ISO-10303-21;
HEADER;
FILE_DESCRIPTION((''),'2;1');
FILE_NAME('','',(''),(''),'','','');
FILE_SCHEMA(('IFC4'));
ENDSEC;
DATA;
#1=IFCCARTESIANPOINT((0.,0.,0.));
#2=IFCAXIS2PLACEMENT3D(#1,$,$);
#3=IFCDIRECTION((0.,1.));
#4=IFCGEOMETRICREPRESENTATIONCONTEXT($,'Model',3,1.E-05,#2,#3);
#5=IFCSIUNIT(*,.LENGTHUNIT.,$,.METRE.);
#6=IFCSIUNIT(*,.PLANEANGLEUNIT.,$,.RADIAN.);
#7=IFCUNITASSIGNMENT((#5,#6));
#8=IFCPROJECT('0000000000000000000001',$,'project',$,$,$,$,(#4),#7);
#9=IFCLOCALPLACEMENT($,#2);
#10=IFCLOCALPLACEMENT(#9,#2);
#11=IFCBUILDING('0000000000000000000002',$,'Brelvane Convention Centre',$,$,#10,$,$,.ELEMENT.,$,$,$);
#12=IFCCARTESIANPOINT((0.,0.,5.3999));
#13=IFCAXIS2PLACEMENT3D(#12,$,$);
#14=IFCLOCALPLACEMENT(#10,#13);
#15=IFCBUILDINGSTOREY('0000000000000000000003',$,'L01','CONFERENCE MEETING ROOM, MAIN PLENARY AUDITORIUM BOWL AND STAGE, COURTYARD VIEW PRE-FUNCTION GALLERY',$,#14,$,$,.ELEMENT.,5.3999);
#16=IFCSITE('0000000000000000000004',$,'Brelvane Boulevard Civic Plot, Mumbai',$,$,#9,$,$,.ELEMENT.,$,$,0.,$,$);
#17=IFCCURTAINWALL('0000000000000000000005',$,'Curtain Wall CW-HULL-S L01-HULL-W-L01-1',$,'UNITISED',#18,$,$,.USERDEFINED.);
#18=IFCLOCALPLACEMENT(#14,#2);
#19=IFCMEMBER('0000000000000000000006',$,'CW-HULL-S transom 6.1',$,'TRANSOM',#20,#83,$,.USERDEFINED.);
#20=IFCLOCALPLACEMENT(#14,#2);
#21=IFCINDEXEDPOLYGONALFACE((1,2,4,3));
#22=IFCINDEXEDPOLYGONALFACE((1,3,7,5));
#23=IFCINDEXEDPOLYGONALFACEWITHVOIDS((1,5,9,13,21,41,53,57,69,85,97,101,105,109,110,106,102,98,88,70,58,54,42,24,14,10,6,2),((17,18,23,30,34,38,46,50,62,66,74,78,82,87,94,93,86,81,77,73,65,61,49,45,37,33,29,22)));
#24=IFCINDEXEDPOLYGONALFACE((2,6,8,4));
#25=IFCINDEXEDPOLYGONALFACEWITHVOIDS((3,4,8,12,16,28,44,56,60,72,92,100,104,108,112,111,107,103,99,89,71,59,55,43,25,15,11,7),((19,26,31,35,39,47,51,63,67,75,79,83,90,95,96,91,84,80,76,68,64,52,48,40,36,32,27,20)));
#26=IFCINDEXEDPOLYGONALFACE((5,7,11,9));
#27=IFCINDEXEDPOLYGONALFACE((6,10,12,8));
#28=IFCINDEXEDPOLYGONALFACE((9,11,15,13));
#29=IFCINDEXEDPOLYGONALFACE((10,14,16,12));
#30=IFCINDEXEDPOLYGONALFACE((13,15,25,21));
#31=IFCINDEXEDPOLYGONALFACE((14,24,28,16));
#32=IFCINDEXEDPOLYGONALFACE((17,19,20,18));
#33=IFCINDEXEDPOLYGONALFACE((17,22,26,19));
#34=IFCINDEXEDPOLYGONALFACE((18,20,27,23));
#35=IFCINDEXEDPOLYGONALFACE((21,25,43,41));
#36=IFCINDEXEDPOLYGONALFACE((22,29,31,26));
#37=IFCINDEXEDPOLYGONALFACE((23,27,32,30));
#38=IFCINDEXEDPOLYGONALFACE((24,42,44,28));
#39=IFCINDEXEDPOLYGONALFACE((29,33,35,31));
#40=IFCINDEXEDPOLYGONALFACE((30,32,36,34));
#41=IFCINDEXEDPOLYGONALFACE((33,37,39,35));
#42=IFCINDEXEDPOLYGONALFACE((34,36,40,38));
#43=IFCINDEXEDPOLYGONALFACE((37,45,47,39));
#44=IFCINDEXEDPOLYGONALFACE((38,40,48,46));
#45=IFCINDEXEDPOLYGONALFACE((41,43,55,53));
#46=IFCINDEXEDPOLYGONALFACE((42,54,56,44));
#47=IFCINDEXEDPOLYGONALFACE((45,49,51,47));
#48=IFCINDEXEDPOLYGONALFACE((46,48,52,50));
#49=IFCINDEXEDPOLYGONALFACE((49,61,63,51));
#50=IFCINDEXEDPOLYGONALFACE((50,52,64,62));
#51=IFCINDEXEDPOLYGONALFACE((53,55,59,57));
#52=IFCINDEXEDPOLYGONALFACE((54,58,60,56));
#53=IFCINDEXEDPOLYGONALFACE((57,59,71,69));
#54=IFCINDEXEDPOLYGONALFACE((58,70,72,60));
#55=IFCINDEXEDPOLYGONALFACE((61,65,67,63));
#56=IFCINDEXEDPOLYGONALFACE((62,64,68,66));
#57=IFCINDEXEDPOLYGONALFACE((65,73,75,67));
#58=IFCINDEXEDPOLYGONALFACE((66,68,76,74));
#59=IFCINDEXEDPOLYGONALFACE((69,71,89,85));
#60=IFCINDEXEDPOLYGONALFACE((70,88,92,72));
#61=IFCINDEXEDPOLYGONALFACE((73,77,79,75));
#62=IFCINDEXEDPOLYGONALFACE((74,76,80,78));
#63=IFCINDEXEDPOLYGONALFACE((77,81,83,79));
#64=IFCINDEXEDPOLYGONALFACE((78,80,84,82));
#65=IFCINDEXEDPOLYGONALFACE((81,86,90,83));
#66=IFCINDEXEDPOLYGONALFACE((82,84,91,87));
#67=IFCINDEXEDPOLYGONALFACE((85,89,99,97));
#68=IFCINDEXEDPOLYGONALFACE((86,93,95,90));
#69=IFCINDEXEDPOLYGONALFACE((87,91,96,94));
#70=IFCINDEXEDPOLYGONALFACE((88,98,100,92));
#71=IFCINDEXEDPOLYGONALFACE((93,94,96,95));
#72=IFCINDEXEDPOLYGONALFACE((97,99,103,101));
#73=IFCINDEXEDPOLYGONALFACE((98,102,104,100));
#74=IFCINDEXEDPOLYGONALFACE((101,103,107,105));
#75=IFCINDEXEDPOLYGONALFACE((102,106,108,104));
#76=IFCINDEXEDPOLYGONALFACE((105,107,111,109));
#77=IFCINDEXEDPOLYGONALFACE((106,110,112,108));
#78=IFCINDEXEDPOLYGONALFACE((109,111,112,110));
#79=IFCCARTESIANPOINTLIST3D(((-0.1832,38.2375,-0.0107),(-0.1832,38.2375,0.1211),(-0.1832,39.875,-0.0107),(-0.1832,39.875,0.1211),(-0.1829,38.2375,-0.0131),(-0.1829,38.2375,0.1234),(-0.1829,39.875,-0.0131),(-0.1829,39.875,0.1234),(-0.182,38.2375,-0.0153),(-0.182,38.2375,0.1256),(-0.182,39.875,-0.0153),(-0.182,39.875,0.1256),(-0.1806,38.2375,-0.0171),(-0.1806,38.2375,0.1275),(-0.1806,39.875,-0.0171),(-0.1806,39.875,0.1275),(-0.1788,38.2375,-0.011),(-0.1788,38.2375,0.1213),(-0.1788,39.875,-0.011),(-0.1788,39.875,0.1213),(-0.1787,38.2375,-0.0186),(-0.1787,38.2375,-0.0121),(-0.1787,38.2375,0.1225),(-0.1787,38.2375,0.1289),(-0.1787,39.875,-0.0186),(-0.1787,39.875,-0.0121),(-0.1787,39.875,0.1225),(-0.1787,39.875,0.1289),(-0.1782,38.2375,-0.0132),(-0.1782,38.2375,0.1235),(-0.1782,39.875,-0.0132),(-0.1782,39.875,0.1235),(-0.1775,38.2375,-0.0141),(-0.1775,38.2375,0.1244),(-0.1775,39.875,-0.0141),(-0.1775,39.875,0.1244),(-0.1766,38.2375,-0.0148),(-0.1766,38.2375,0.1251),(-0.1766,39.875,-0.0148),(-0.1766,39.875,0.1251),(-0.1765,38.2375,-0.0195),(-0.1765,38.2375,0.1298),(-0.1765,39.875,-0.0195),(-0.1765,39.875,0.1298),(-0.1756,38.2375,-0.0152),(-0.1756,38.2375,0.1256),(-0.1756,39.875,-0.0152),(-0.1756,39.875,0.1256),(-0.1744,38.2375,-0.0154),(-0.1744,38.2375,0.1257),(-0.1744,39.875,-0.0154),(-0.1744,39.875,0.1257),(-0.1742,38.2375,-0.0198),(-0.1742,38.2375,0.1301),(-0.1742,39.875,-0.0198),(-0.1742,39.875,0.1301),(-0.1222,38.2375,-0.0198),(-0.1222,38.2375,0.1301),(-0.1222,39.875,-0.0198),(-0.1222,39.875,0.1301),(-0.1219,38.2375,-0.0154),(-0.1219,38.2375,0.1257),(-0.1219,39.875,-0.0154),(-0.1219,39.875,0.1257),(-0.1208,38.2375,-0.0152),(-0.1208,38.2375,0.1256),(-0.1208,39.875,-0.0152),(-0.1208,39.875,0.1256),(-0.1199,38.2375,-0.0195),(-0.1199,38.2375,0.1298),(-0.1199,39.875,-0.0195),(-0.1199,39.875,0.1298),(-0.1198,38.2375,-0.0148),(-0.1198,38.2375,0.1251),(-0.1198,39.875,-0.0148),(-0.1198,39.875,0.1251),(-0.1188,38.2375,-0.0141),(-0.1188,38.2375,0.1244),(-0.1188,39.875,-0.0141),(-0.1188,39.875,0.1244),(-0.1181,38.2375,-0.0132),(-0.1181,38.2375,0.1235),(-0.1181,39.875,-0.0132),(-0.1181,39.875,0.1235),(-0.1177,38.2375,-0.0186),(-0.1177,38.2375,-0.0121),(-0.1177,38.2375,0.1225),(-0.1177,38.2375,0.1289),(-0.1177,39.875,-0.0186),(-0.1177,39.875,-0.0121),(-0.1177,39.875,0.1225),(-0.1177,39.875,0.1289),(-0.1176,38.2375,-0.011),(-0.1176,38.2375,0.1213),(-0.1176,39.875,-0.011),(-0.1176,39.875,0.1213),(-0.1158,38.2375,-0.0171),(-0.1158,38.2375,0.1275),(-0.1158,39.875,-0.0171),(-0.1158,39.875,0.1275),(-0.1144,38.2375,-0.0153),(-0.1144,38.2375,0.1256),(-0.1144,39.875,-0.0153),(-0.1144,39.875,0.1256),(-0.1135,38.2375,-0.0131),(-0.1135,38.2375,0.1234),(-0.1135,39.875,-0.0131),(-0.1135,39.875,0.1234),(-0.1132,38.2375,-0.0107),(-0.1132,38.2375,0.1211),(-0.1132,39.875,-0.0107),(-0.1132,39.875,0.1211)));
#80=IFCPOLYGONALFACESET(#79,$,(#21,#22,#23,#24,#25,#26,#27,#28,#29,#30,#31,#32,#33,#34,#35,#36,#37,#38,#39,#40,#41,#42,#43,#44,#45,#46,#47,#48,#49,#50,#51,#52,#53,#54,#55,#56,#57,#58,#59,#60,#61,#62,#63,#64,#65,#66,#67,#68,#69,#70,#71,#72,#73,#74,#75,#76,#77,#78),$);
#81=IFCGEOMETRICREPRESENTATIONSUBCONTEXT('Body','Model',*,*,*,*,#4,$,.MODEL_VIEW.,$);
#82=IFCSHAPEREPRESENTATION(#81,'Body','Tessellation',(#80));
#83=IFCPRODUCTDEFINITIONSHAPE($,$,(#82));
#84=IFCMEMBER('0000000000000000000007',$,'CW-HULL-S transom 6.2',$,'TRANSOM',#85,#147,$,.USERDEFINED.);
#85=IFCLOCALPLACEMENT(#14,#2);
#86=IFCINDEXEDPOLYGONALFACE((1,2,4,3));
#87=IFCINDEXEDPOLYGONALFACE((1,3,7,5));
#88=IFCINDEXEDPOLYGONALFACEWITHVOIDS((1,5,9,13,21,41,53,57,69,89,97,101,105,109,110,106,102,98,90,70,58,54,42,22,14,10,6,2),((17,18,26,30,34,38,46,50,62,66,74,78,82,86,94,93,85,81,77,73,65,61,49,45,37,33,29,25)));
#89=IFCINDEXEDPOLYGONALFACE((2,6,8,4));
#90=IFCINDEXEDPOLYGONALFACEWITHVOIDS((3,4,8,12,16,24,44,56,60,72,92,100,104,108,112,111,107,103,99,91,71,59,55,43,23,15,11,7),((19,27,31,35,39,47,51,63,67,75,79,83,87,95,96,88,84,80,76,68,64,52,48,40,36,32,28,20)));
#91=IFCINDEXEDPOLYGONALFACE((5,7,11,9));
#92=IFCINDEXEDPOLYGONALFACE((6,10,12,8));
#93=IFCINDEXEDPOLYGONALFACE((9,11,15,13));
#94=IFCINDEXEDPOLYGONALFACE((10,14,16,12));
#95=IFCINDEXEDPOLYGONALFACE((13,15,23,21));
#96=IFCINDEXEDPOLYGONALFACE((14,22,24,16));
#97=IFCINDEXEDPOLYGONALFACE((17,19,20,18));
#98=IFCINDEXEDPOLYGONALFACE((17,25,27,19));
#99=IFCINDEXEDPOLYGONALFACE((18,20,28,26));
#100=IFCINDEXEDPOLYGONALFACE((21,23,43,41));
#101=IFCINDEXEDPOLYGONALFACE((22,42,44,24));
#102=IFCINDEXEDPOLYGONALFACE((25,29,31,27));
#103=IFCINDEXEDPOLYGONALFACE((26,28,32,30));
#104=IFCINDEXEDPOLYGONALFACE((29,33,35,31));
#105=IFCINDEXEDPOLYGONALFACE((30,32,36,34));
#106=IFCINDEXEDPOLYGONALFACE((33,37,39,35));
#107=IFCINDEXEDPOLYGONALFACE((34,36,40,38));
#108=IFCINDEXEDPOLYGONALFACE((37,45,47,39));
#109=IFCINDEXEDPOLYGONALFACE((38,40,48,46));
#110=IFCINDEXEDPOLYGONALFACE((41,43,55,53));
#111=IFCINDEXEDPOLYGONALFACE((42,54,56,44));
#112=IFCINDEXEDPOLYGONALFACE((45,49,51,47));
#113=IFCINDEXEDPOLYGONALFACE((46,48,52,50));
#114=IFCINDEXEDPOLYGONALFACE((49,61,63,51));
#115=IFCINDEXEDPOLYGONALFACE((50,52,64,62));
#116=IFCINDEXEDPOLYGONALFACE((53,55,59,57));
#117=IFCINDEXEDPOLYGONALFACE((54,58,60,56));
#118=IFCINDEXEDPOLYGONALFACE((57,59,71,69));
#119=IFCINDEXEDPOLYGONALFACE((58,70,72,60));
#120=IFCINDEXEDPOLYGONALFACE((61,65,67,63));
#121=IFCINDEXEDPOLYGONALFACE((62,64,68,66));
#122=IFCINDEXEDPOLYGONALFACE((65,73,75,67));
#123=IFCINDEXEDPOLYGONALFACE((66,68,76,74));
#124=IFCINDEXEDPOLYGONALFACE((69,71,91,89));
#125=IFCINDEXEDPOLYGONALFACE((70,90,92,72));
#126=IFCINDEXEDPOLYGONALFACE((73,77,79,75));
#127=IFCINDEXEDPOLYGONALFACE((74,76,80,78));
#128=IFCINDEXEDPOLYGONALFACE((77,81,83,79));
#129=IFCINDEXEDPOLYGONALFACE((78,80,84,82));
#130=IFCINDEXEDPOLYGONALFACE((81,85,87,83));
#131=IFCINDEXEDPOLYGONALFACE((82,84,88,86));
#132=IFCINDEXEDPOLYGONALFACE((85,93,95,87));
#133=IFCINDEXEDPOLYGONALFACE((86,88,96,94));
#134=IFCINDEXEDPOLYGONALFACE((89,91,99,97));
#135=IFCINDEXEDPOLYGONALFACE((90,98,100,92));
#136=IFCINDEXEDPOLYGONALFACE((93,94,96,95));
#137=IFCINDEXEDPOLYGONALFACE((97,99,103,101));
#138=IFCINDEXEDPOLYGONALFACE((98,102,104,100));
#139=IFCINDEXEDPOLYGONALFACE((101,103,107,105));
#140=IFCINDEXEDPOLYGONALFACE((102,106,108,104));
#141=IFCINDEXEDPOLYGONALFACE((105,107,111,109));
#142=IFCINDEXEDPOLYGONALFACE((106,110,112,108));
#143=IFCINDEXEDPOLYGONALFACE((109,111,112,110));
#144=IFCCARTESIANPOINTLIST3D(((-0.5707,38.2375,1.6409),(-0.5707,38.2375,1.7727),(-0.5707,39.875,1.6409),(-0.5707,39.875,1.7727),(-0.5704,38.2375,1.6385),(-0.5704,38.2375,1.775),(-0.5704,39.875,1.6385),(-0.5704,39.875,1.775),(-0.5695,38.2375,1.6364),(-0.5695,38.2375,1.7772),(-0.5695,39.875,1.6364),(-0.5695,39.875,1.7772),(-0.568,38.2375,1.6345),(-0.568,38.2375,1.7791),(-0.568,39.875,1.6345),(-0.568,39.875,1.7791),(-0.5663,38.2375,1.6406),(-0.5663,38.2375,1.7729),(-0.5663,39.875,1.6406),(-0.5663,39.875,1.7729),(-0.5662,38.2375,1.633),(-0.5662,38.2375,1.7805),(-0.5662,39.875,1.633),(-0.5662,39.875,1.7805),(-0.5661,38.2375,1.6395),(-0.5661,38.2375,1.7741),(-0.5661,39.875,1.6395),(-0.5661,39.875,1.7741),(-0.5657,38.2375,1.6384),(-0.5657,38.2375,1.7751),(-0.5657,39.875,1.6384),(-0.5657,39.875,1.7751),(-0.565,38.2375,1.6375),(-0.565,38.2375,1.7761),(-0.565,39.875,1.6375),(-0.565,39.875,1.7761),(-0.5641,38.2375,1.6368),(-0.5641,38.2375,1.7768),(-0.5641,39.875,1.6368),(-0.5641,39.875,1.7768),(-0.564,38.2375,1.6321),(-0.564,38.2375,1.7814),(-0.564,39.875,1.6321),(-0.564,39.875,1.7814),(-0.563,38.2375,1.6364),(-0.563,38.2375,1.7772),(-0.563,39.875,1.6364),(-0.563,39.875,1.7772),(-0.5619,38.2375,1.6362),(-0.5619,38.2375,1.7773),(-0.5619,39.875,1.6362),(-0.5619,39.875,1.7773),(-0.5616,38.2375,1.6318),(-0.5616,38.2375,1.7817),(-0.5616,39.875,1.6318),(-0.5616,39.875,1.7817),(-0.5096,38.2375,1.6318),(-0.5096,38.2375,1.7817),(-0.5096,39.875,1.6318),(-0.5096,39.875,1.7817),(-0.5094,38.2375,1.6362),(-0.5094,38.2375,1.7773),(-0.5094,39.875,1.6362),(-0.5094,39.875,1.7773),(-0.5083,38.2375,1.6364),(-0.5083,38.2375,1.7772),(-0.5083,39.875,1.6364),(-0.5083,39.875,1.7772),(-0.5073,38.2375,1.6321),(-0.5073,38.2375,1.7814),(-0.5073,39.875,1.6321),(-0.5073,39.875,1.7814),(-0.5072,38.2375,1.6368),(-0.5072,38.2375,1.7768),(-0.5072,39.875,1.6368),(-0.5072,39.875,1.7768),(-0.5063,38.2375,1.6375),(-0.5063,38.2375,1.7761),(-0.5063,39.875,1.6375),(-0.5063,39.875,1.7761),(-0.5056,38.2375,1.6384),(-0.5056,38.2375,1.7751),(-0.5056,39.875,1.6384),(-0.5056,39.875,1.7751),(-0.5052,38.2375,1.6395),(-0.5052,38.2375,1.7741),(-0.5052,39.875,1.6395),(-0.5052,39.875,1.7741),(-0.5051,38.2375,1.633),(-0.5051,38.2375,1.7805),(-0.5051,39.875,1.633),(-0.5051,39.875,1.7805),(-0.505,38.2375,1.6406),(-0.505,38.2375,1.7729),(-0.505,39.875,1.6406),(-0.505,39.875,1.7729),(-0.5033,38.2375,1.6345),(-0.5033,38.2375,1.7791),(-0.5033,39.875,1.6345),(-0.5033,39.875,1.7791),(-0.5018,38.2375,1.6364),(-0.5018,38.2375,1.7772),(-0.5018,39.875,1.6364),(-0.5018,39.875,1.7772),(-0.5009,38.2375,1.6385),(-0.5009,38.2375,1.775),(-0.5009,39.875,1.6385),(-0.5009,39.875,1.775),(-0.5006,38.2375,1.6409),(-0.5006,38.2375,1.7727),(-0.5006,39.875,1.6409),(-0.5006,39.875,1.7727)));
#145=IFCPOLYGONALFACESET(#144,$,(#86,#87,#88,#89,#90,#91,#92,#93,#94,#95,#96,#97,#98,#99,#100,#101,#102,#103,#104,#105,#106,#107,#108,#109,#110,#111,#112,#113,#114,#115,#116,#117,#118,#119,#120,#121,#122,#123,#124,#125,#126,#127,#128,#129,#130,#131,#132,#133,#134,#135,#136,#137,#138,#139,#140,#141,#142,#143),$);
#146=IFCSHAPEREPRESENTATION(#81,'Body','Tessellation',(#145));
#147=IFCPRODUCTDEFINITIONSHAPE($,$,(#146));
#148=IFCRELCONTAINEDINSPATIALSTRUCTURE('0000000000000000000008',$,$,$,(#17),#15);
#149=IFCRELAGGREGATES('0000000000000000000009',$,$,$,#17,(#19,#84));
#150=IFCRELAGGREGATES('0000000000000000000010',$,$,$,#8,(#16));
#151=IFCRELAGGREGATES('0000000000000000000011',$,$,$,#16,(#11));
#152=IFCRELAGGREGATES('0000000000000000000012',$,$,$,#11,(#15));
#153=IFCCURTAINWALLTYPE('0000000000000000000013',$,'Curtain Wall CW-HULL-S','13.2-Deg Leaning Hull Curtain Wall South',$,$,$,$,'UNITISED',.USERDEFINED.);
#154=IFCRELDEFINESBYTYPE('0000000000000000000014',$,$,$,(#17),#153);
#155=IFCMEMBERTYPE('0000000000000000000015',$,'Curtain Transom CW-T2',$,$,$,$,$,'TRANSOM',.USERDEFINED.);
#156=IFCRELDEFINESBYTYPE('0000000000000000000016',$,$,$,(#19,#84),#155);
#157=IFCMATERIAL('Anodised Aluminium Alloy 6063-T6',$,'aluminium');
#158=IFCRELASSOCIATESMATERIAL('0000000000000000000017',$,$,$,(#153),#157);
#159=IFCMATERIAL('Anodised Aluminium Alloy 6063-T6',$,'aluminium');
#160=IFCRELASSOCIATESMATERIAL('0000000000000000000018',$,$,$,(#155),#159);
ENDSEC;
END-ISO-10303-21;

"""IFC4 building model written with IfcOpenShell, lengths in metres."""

from ifc_helpers import new_model, si_unit, direction, frame, origin, origin_2d, place, context, subcontext, project, spatial, hollow_rectangle, extrude, material, material_profile, profile_set, type_object, element, aggregate, save


model = new_model("IFC4")

# Units and contexts
model_context = context("Model", 3, precision=1e-05, world=origin(), true_north=direction((0.0, 1.0)))
body_context = subcontext(model_context, "Body", "Model", "MODEL_VIEW")
ifc_project = project(units=[si_unit("LENGTHUNIT", "METRE"), si_unit("PLANEANGLEUNIT", "RADIAN")], contexts=[model_context])

# Site, building, storey
site_placement = place(None, origin())
site = spatial("IfcSite", under=ifc_project, at=site_placement, Name="Brelvane Boulevard Civic Plot, Mumbai", CompositionType="ELEMENT", RefElevation=0.0)
building_placement = place(site_placement, origin())
building = spatial("IfcBuilding", under=site, at=building_placement, Name="Brelvane Convention Centre", CompositionType="ELEMENT")
storey_placement = place(building_placement, frame((0.0, 0.0, 5.3999)))
storey = spatial("IfcBuildingStorey", under=building, at=storey_placement, Name="L01", Description="CONFERENCE MEETING ROOM, MAIN PLENARY AUDITORIUM BOWL AND STAGE, COURTYARD VIEW PRE-FUNCTION GALLERY", CompositionType="ELEMENT", Elevation=5.3999)

# Curtain wall
ifc_material_1 = material(Name="Anodised Aluminium Alloy 6063-T6", Category="aluminium")
curtain_wall_type = type_object("IfcCurtainWallType", Name="Curtain Wall CW-HULL-S", Description="13.2-Deg Leaning Hull Curtain Wall South", ElementType="UNITISED", PredefinedType="USERDEFINED", material=ifc_material_1)
curtain_wall_1_placement = place(storey_placement, origin())
curtain_wall_1 = element("IfcCurtainWall", 1, at=curtain_wall_1_placement, inside=storey, type_object=curtain_wall_type, Name="Curtain Wall CW-HULL-S L01-HULL-W-L01-1", ObjectType="UNITISED", PredefinedType="USERDEFINED")

# Members
ifc_material_2 = material(Name="Anodised Aluminium Alloy 6063-T6", Category="aluminium")
ifc_material_profile_1 = material_profile(ifc_material_2, hollow_rectangle(XDim=0.0701, YDim=0.1499, WallThickness=0.0044, InnerFilletRadius=0.0044, OuterFilletRadius=0.009, at=origin_2d()), Name="ALU-T 150x70x4.5")
ifc_profile_set_1 = profile_set([ifc_material_profile_1], Name="Anodised Aluminium Alloy 6063-T6")
member_type_1 = type_object("IfcMemberType", Name="Curtain Transom CW-T2", ElementType="TRANSOM", PredefinedType="USERDEFINED", material=ifc_profile_set_1)
member_1_placement = place(storey_placement, frame((-0.1482, 38.2375, 0.0552), z_axis=(0.0, 1.0, 0.0), x_axis=(-1.0, 0.0, 0.0)))
member_1 = element("IfcMember", 2, at=member_1_placement, type_object=member_type_1, Name="CW-HULL-S transom 6.1", ObjectType="TRANSOM", PredefinedType="USERDEFINED", context=body_context, shape_type="SweptSolid", body=[
    extrude(hollow_rectangle(XDim=0.0701, YDim=0.1499, WallThickness=0.0044, InnerFilletRadius=0.0044, OuterFilletRadius=0.009, at=origin_2d()), origin(), (0.0, 0.0, 1.0), 1.6375),
])
member_2_placement = place(storey_placement, frame((-0.5356, 38.2375, 1.7068), z_axis=(0.0, 1.0, 0.0), x_axis=(-1.0, 0.0, 0.0)))
member_2 = element("IfcMember", 3, at=member_2_placement, type_object=member_type_1, Name="CW-HULL-S transom 6.2", ObjectType="TRANSOM", PredefinedType="USERDEFINED", context=body_context, shape_type="SweptSolid", body=[
    extrude(hollow_rectangle(XDim=0.0701, YDim=0.1499, WallThickness=0.0044, InnerFilletRadius=0.0044, OuterFilletRadius=0.009, at=origin_2d()), origin(), (0.0, 0.0, 1.0), 1.6375),
])

aggregate(curtain_wall_1, [member_1, member_2])

save(model, "model.ifc")
